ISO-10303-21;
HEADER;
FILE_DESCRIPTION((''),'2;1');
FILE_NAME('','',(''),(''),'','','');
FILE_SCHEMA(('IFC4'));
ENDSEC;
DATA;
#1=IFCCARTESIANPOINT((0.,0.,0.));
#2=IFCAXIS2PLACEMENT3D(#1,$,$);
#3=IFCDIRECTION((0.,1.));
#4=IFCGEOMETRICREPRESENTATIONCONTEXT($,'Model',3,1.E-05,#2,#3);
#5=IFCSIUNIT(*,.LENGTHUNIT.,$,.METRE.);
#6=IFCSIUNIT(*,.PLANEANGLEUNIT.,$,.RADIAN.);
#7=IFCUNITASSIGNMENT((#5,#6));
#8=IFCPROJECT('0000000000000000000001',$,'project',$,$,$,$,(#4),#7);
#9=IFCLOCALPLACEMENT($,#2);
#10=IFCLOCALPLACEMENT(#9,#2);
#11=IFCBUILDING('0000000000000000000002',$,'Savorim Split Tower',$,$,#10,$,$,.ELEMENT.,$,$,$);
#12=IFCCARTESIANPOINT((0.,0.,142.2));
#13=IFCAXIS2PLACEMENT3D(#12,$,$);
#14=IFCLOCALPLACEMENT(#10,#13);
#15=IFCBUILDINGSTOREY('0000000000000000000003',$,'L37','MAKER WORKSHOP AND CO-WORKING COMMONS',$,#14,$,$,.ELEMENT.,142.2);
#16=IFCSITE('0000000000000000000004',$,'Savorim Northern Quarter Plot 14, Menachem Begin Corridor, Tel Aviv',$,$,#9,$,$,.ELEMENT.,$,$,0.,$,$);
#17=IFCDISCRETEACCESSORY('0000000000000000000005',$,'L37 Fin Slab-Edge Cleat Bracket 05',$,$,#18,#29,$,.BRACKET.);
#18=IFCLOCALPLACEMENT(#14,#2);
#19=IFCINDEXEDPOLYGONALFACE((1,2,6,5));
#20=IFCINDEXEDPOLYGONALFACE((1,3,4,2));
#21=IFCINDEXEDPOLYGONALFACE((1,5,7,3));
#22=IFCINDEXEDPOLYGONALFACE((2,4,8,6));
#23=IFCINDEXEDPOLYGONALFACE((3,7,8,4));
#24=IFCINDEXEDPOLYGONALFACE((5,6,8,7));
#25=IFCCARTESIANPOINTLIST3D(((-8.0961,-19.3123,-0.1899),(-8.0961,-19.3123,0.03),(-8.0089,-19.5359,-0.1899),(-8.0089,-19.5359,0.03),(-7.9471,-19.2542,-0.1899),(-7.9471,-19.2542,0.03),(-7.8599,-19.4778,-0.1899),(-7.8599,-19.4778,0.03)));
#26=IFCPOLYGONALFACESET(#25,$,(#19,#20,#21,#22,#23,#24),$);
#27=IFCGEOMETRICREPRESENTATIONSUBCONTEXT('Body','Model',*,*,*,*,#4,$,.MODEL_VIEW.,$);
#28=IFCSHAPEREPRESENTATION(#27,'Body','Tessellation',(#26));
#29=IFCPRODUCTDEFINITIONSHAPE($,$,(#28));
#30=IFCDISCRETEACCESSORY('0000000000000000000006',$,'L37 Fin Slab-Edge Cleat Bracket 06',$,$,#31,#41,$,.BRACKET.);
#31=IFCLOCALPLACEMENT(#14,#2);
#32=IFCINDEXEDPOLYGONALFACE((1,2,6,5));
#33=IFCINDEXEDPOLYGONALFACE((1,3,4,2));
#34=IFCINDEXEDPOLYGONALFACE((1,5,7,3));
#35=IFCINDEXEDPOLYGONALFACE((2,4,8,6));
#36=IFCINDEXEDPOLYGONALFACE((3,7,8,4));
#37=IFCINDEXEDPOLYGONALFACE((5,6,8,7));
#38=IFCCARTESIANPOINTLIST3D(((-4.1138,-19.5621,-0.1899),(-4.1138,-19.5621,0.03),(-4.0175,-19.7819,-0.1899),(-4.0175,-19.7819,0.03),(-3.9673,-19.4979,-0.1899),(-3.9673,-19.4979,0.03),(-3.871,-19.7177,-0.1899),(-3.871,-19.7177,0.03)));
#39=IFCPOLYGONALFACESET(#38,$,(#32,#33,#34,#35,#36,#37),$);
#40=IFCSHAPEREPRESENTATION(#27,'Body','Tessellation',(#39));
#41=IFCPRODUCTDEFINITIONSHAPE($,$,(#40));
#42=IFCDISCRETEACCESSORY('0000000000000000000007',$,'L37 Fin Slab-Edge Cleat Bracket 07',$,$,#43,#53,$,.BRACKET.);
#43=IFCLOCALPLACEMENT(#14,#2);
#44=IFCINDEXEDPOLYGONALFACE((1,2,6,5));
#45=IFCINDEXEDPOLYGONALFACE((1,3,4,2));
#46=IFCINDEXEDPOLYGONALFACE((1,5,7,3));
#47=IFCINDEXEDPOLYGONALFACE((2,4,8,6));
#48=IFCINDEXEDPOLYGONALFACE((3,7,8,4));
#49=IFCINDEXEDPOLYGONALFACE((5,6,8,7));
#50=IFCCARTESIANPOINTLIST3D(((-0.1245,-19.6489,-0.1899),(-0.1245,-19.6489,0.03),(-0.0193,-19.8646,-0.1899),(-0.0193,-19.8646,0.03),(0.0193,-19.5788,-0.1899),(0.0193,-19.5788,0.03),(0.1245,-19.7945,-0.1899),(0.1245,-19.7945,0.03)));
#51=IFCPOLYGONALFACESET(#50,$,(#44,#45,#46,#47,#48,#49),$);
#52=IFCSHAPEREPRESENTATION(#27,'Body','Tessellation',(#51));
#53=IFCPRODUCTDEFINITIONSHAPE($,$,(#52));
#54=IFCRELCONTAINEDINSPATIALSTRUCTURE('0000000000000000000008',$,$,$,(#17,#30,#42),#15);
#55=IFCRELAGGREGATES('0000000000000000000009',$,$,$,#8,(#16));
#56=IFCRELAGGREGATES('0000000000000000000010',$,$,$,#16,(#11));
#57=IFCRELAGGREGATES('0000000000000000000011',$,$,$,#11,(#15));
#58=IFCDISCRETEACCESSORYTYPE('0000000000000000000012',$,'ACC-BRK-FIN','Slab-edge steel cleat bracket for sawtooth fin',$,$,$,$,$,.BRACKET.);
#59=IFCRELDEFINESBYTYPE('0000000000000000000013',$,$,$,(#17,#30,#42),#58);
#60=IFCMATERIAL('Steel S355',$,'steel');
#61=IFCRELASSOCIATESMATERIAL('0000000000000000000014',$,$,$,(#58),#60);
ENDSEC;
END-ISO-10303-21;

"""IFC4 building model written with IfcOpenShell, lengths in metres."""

from ifc_helpers import new_model, si_unit, direction, frame, origin, origin_2d, place, context, subcontext, project, spatial, rectangle, extrude, material, type_object, element, save


model = new_model("IFC4")

# Units and contexts
model_context = context("Model", 3, precision=1e-05, world=origin(), true_north=direction((0.0, 1.0)))
body_context = subcontext(model_context, "Body", "Model", "MODEL_VIEW")
ifc_project = project(units=[si_unit("LENGTHUNIT", "METRE"), si_unit("PLANEANGLEUNIT", "RADIAN")], contexts=[model_context])

# Site, building, storey
site_placement = place(None, origin())
site = spatial("IfcSite", under=ifc_project, at=site_placement, Name="Savorim Northern Quarter Plot 14, Menachem Begin Corridor, Tel Aviv", CompositionType="ELEMENT", RefElevation=0.0)
building_placement = place(site_placement, origin())
building = spatial("IfcBuilding", under=site, at=building_placement, Name="Savorim Split Tower", CompositionType="ELEMENT")
storey_placement = place(building_placement, frame((0.0, 0.0, 142.2)))
storey = spatial("IfcBuildingStorey", under=building, at=storey_placement, Name="L37", Description="MAKER WORKSHOP AND CO-WORKING COMMONS", CompositionType="ELEMENT", Elevation=142.2)

# Shared definitions
ifc_material_1 = material(Name="Steel S355", Category="steel")

# Discrete accessories
discrete_accessory_type = type_object("IfcDiscreteAccessoryType", Name="ACC-BRK-FIN", Description="Slab-edge steel cleat bracket for sawtooth fin", PredefinedType="BRACKET", material=ifc_material_1)
for number, where, z_axis, x_axis, name in (
    (1, (-7.978, -19.395, -0.1899), (0.0, 0.0, 1.0), (0.363415, -0.931627, 0.0), "L37 Fin Slab-Edge Cleat Bracket 05"),
    (2, (-3.9924, -19.6399, -0.1899), (0.0, 0.0, 1.0), (0.40123, -0.915977, 0.0), "L37 Fin Slab-Edge Cleat Bracket 06"),
    (3, (0.0, -19.7217, -0.1899), (0.0, 0.0, 1.0), (0.438371, -0.898794, 0.0), "L37 Fin Slab-Edge Cleat Bracket 07"),
):
    element("IfcDiscreteAccessory", number, at=place(storey_placement, frame(where, z_axis=z_axis, x_axis=x_axis)), inside=storey, type_object=discrete_accessory_type, Name=name, PredefinedType="BRACKET", context=body_context, shape_type="SweptSolid", body=[
        extrude(rectangle(XDim=0.24, YDim=0.1599, at=origin_2d()), origin(), (0.0, 0.0, 1.0), 0.22),
    ])

save(model, "model.ifc")
